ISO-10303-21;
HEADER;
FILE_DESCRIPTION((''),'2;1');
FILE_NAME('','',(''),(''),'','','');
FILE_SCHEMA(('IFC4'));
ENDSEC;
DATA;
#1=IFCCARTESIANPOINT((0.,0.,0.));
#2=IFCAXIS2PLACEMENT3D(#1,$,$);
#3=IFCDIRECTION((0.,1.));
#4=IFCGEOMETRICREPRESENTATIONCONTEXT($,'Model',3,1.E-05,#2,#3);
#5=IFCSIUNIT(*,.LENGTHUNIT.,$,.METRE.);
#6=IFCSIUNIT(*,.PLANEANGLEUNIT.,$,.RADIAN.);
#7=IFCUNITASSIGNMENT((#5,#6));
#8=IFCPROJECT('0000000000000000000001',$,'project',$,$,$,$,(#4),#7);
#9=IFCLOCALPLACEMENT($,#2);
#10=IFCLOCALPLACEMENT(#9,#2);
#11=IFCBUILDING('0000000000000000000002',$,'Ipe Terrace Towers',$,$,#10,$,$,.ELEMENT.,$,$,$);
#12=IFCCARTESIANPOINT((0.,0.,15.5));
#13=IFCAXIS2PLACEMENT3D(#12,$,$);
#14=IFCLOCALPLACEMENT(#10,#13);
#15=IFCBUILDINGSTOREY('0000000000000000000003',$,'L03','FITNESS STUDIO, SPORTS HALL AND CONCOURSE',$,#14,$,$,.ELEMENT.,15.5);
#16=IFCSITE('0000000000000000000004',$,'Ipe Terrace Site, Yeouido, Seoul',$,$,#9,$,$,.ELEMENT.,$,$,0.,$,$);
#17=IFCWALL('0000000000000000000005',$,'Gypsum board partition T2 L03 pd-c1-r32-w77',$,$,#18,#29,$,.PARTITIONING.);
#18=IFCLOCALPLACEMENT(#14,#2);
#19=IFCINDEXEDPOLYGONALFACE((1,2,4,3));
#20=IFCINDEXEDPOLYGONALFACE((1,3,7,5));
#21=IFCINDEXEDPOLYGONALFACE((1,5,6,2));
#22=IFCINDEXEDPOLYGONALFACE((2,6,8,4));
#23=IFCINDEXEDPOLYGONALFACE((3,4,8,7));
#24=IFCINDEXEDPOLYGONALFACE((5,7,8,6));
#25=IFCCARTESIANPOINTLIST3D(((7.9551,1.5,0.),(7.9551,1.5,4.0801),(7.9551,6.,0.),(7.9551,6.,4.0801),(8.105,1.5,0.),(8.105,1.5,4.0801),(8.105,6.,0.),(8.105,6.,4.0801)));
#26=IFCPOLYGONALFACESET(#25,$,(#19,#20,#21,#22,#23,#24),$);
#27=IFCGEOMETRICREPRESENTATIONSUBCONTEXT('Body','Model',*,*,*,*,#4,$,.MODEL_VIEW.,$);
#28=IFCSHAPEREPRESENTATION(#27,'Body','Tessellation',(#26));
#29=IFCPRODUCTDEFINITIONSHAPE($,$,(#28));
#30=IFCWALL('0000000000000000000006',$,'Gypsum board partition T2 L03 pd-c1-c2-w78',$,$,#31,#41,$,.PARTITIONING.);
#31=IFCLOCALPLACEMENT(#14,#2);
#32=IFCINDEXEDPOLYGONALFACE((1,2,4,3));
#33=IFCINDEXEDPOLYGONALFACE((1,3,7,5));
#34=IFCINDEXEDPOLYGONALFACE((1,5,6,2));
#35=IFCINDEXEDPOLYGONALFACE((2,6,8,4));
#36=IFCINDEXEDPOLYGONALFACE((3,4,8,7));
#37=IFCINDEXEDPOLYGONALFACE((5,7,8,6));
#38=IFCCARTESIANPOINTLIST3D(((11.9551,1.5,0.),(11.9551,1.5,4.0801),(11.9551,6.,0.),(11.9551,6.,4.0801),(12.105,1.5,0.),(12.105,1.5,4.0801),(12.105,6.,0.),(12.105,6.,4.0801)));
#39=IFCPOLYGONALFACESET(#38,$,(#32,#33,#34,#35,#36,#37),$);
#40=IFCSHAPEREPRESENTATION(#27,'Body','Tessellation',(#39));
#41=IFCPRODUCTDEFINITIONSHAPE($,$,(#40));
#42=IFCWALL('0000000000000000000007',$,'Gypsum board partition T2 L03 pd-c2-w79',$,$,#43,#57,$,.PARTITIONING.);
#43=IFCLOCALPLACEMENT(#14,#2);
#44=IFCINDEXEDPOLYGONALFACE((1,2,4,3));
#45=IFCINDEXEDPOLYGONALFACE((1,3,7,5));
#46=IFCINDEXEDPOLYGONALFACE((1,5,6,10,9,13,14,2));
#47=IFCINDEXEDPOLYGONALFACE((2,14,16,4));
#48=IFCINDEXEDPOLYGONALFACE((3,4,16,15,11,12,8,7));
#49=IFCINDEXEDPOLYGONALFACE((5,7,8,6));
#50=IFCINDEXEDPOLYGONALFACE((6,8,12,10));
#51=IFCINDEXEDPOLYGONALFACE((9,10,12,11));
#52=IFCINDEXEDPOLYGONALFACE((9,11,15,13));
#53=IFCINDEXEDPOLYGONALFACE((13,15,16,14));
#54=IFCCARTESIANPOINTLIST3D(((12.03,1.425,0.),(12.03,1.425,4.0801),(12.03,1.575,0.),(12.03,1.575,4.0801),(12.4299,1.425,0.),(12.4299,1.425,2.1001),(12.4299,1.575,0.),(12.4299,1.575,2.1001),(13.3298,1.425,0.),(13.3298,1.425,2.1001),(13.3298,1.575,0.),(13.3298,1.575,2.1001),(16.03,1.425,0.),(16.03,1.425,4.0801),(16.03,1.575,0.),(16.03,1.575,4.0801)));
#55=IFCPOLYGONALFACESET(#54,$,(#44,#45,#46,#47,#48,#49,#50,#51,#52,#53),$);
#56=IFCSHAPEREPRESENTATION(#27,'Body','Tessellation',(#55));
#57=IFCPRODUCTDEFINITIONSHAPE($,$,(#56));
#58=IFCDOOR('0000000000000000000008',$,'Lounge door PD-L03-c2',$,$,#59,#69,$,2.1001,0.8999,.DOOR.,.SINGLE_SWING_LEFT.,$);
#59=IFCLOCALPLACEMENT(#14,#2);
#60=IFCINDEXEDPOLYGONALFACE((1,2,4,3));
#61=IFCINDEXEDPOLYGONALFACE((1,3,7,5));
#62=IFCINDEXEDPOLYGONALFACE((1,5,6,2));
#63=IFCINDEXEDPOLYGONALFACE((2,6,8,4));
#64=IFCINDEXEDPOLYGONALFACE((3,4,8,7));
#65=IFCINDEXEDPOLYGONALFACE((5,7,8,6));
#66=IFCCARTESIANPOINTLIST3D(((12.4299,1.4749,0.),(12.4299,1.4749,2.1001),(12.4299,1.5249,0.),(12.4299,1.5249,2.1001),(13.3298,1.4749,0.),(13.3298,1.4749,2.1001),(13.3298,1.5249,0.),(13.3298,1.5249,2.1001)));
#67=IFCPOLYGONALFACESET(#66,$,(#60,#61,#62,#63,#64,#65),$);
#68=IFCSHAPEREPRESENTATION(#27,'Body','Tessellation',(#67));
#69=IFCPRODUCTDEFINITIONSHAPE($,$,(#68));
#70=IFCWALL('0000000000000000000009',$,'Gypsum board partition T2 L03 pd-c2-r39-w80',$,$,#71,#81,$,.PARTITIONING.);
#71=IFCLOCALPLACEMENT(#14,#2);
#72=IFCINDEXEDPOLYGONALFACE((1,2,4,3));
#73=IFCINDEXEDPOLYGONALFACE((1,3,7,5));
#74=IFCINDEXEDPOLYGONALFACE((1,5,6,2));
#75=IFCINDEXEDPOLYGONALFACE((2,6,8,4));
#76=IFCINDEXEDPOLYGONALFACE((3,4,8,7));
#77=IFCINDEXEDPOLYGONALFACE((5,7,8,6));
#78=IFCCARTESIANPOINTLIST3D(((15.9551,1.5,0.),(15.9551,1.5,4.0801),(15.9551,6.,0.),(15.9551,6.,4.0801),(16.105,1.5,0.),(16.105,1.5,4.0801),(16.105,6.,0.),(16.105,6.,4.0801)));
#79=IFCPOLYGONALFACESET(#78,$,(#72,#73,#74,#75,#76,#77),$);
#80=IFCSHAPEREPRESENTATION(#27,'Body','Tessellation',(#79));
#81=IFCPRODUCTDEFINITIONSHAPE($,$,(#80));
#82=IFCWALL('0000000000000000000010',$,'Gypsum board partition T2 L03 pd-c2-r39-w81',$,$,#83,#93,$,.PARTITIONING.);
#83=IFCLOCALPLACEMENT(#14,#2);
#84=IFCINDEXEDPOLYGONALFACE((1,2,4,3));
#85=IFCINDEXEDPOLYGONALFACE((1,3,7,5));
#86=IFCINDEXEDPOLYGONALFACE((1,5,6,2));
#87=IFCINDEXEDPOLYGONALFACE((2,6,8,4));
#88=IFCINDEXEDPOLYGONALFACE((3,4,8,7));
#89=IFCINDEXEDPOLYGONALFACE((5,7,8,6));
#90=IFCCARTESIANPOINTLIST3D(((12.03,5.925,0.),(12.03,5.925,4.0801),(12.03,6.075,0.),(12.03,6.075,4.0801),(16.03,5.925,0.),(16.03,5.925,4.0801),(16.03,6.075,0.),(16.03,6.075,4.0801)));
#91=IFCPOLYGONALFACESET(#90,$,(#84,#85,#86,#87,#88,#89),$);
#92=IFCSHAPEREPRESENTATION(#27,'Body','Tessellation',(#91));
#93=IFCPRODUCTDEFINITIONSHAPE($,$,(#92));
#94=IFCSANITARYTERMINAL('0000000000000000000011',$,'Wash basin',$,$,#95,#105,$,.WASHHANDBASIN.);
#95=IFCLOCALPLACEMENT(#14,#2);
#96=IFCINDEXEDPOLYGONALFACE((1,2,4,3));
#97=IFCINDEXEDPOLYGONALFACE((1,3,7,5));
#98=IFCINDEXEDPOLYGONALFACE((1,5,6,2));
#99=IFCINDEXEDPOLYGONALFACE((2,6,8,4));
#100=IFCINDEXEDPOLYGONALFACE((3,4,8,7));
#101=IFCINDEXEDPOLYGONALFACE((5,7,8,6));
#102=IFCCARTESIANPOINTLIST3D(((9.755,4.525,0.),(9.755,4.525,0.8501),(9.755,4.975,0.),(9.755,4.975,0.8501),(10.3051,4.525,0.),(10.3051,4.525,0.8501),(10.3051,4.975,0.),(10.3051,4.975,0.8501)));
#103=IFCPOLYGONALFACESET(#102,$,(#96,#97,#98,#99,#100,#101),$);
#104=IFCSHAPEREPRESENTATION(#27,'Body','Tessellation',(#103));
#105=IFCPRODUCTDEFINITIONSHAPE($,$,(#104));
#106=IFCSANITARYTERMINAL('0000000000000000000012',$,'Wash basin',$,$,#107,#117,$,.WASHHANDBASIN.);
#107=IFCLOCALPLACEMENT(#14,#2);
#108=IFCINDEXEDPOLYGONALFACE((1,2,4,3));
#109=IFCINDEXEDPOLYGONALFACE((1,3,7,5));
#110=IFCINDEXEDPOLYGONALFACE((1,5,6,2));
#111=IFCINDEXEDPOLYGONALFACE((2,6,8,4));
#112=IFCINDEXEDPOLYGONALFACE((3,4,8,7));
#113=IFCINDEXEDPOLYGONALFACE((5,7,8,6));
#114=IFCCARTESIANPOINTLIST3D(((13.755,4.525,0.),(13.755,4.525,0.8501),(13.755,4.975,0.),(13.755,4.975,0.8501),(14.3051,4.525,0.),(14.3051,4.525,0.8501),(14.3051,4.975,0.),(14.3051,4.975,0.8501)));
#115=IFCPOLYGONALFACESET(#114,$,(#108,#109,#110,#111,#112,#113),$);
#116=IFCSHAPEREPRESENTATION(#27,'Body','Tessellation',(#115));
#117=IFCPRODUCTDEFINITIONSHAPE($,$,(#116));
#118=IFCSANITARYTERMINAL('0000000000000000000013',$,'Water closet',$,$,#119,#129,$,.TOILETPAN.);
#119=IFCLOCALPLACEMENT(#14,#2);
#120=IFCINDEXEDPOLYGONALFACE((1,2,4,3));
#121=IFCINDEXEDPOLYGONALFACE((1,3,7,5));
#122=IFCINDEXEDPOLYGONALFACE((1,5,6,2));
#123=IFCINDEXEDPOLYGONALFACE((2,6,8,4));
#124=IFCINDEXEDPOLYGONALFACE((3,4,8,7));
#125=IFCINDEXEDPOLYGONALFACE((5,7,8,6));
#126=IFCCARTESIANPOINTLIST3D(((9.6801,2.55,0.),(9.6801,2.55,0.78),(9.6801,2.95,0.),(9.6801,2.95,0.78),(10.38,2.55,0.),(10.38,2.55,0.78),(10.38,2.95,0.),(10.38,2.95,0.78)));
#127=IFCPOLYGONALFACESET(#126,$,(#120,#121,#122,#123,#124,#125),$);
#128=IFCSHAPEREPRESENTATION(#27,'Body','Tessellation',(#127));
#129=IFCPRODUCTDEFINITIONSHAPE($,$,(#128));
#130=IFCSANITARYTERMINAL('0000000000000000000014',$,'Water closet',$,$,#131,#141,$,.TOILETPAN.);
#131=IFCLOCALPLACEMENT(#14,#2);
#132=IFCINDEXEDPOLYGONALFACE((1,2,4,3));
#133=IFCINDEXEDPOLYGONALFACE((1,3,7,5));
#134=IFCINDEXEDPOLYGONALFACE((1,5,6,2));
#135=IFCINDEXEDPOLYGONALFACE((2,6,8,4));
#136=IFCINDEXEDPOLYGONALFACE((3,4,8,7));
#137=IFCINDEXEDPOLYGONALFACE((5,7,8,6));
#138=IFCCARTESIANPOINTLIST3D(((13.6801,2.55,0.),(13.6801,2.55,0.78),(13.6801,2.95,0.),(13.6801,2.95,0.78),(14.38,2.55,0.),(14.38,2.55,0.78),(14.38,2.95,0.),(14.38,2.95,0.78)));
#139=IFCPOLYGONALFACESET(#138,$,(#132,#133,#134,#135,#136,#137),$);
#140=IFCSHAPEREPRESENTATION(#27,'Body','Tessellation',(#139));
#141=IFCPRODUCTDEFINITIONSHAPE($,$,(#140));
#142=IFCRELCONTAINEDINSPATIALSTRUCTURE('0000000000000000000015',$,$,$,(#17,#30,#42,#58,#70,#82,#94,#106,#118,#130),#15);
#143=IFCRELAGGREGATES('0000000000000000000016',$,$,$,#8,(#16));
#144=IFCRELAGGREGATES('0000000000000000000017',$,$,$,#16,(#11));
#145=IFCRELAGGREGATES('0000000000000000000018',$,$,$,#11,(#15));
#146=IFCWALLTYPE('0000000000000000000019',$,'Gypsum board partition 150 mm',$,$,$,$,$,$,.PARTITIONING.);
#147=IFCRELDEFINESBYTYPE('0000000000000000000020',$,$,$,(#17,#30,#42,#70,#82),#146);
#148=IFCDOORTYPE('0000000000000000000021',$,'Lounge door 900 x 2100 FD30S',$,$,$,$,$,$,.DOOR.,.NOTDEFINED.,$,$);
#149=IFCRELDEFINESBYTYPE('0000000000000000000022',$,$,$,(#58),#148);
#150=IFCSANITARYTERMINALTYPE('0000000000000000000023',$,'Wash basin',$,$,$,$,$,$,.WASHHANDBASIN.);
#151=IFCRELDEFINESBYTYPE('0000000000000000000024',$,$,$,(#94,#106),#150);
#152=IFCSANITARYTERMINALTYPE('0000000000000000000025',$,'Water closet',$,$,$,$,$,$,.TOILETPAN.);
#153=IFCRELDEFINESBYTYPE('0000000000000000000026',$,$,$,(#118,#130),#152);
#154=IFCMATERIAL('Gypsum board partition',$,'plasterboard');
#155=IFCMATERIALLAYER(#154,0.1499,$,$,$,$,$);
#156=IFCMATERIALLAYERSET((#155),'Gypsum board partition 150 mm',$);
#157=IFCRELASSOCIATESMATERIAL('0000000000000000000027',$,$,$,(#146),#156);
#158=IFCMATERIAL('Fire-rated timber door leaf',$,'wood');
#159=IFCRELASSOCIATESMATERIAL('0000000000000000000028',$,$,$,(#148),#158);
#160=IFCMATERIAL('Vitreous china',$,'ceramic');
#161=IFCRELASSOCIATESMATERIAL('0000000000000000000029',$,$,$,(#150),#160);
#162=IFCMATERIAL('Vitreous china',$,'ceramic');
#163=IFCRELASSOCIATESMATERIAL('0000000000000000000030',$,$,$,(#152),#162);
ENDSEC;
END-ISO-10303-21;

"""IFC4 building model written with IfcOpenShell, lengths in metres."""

from ifc_helpers import new_model, si_unit, direction, frame, frame_2d, origin, origin_2d, place, context, subcontext, project, spatial, rectangle, extrude, material, layer, layer_set, type_object, element, fill, save


model = new_model("IFC4")

# Units and contexts
model_context = context("Model", 3, precision=1e-05, world=origin(), true_north=direction((0.0, 1.0)))
body_context = subcontext(model_context, "Body", "Model", "MODEL_VIEW")
ifc_project = project(units=[si_unit("LENGTHUNIT", "METRE"), si_unit("PLANEANGLEUNIT", "RADIAN")], contexts=[model_context])

# Site, building, storey
site_placement = place(None, origin())
site = spatial("IfcSite", under=ifc_project, at=site_placement, Name="Ipe Terrace Site, Yeouido, Seoul", CompositionType="ELEMENT", RefElevation=0.0)
building_placement = place(site_placement, origin())
building = spatial("IfcBuilding", under=site, at=building_placement, Name="Ipe Terrace Towers", CompositionType="ELEMENT")
storey_placement = place(building_placement, frame((0.0, 0.0, 15.5)))
storey = spatial("IfcBuildingStorey", under=building, at=storey_placement, Name="L03", Description="FITNESS STUDIO, SPORTS HALL AND CONCOURSE", CompositionType="ELEMENT", Elevation=15.5)

# Shared definitions
ifc_material_1 = material(Name="Gypsum board partition", Category="plasterboard")
ifc_layer = layer(ifc_material_1, 0.1499)
ifc_layer_set = layer_set([ifc_layer], Name="Gypsum board partition 150 mm")
wall_type = type_object("IfcWallType", Name="Gypsum board partition 150 mm", PredefinedType="PARTITIONING", material=ifc_layer_set)
ifc_material_2 = material(Name="Fire-rated timber door leaf", Category="wood")
door_type = type_object("IfcDoorType", Name="Lounge door 900 x 2100 FD30S", OperationType="NOTDEFINED", PredefinedType="DOOR", material=ifc_material_2)

# Walls
for number, where, z_axis, x_axis, name in (
    (1, (8.03, 6.0, 0.0), (0.0, 0.0, 1.0), (0.0, -1.0, 0.0), "Gypsum board partition T2 L03 pd-c1-r32-w77"),
    (2, (12.03, 1.5, 0.0), (0.0, 0.0, 1.0), (0.0, 1.0, 0.0), "Gypsum board partition T2 L03 pd-c1-c2-w78"),
):
    element("IfcWall", number, at=place(storey_placement, frame(where, z_axis=z_axis, x_axis=x_axis)), inside=storey, type_object=wall_type, Name=name, PredefinedType="PARTITIONING", context=body_context, shape_type="SweptSolid", body=[
        extrude(rectangle(XDim=4.5, YDim=0.1499, at=frame_2d((2.25, 0.0))), origin(), (0.0, 0.0, 1.0), 4.0801),
    ])

# Wall, opening, door
wall_1_placement = place(storey_placement, frame((12.03, 1.5, 0.0), z_axis=(0.0, 0.0, 1.0), x_axis=(1.0, 0.0, 0.0)))
wall_1 = element("IfcWall", 3, at=wall_1_placement, inside=storey, type_object=wall_type, Name="Gypsum board partition T2 L03 pd-c2-w79", PredefinedType="PARTITIONING", context=body_context, shape_type="SweptSolid", body=[
    extrude(rectangle(XDim=4.0, YDim=0.1499, at=frame_2d((2.0, 0.0))), origin(), (0.0, 0.0, 1.0), 4.0801),
])
opening_1_placement = place(wall_1_placement, frame((0.3999, 0.0, 0.0)))
opening_1 = element("IfcOpeningElement", 4, at=opening_1_placement, cuts=wall_1, PredefinedType="OPENING", context=body_context, shape_type="SweptSolid", body=[
    extrude(rectangle(XDim=0.8999, YDim=2.1001, at=frame_2d((0.45, 1.05))), frame((0.0, 0.085, 0.0), z_axis=(0.0, -1.0, 0.0), x_axis=(1.0, 0.0, 0.0)), (0.0, 0.0, 1.0), 0.1699),
])
door_1_placement = place(opening_1_placement, origin())
door_1 = element("IfcDoor", 5, at=door_1_placement, inside=storey, type_object=door_type, Name="Lounge door PD-L03-c2", OperationType="SINGLE_SWING_LEFT", OverallHeight=2.1001, OverallWidth=0.8999, PredefinedType="DOOR", context=body_context, shape_type="SweptSolid", body=[
    extrude(rectangle(XDim=0.8999, YDim=2.1001, at=frame_2d((0.45, 1.05))), frame((0.0, 0.0249, 0.0), z_axis=(0.0, -1.0, 0.0), x_axis=(1.0, 0.0, 0.0)), (0.0, 0.0, 1.0), 0.05),
])
fill(opening_1, door_1)

# Walls
wall_2_placement = place(storey_placement, frame((16.03, 1.5, 0.0), z_axis=(0.0, 0.0, 1.0), x_axis=(0.0, 1.0, 0.0)))
element("IfcWall", 6, at=wall_2_placement, inside=storey, type_object=wall_type, Name="Gypsum board partition T2 L03 pd-c2-r39-w80", PredefinedType="PARTITIONING", context=body_context, shape_type="SweptSolid", body=[
    extrude(rectangle(XDim=4.5, YDim=0.1499, at=frame_2d((2.25, 0.0))), origin(), (0.0, 0.0, 1.0), 4.0801),
])
wall_3_placement = place(storey_placement, frame((16.03, 6.0, 0.0), z_axis=(0.0, 0.0, 1.0), x_axis=(-1.0, 0.0, 0.0)))
element("IfcWall", 7, at=wall_3_placement, inside=storey, type_object=wall_type, Name="Gypsum board partition T2 L03 pd-c2-r39-w81", PredefinedType="PARTITIONING", context=body_context, shape_type="SweptSolid", body=[
    extrude(rectangle(XDim=4.0, YDim=0.1499, at=frame_2d((2.0, 0.0))), origin(), (0.0, 0.0, 1.0), 4.0801),
])

# Sanitary terminals
ifc_material_3 = material(Name="Vitreous china", Category="ceramic")
sanitary_terminal_type_1 = type_object("IfcSanitaryTerminalType", Name="Wash basin", PredefinedType="WASHHANDBASIN", material=ifc_material_3)
for number, where, z_axis, x_axis, name in (
    (8, (10.03, 4.75, 0.0), (0.0, 0.0, 1.0), (1.0, 0.0, 0.0), "Wash basin"),
    (9, (14.03, 4.75, 0.0), (0.0, 0.0, 1.0), (1.0, 0.0, 0.0), "Wash basin"),
):
    element("IfcSanitaryTerminal", number, at=place(storey_placement, frame(where, z_axis=z_axis, x_axis=x_axis)), inside=storey, type_object=sanitary_terminal_type_1, Name=name, PredefinedType="WASHHANDBASIN", context=body_context, shape_type="SweptSolid", body=[
        extrude(rectangle(XDim=0.55, YDim=0.45, at=origin_2d()), origin(), (0.0, 0.0, 1.0), 0.8501),
    ])
ifc_material_4 = material(Name="Vitreous china", Category="ceramic")
sanitary_terminal_type_2 = type_object("IfcSanitaryTerminalType", Name="Water closet", PredefinedType="TOILETPAN", material=ifc_material_4)
for number, where, z_axis, x_axis, name in (
    (10, (10.03, 2.75, 0.0), (0.0, 0.0, 1.0), (1.0, 0.0, 0.0), "Water closet"),
    (11, (14.03, 2.75, 0.0), (0.0, 0.0, 1.0), (1.0, 0.0, 0.0), "Water closet"),
):
    element("IfcSanitaryTerminal", number, at=place(storey_placement, frame(where, z_axis=z_axis, x_axis=x_axis)), inside=storey, type_object=sanitary_terminal_type_2, Name=name, PredefinedType="TOILETPAN", context=body_context, shape_type="SweptSolid", body=[
        extrude(rectangle(XDim=0.7, YDim=0.3999, at=origin_2d()), origin(), (0.0, 0.0, 1.0), 0.78),
    ])

save(model, "model.ifc")
